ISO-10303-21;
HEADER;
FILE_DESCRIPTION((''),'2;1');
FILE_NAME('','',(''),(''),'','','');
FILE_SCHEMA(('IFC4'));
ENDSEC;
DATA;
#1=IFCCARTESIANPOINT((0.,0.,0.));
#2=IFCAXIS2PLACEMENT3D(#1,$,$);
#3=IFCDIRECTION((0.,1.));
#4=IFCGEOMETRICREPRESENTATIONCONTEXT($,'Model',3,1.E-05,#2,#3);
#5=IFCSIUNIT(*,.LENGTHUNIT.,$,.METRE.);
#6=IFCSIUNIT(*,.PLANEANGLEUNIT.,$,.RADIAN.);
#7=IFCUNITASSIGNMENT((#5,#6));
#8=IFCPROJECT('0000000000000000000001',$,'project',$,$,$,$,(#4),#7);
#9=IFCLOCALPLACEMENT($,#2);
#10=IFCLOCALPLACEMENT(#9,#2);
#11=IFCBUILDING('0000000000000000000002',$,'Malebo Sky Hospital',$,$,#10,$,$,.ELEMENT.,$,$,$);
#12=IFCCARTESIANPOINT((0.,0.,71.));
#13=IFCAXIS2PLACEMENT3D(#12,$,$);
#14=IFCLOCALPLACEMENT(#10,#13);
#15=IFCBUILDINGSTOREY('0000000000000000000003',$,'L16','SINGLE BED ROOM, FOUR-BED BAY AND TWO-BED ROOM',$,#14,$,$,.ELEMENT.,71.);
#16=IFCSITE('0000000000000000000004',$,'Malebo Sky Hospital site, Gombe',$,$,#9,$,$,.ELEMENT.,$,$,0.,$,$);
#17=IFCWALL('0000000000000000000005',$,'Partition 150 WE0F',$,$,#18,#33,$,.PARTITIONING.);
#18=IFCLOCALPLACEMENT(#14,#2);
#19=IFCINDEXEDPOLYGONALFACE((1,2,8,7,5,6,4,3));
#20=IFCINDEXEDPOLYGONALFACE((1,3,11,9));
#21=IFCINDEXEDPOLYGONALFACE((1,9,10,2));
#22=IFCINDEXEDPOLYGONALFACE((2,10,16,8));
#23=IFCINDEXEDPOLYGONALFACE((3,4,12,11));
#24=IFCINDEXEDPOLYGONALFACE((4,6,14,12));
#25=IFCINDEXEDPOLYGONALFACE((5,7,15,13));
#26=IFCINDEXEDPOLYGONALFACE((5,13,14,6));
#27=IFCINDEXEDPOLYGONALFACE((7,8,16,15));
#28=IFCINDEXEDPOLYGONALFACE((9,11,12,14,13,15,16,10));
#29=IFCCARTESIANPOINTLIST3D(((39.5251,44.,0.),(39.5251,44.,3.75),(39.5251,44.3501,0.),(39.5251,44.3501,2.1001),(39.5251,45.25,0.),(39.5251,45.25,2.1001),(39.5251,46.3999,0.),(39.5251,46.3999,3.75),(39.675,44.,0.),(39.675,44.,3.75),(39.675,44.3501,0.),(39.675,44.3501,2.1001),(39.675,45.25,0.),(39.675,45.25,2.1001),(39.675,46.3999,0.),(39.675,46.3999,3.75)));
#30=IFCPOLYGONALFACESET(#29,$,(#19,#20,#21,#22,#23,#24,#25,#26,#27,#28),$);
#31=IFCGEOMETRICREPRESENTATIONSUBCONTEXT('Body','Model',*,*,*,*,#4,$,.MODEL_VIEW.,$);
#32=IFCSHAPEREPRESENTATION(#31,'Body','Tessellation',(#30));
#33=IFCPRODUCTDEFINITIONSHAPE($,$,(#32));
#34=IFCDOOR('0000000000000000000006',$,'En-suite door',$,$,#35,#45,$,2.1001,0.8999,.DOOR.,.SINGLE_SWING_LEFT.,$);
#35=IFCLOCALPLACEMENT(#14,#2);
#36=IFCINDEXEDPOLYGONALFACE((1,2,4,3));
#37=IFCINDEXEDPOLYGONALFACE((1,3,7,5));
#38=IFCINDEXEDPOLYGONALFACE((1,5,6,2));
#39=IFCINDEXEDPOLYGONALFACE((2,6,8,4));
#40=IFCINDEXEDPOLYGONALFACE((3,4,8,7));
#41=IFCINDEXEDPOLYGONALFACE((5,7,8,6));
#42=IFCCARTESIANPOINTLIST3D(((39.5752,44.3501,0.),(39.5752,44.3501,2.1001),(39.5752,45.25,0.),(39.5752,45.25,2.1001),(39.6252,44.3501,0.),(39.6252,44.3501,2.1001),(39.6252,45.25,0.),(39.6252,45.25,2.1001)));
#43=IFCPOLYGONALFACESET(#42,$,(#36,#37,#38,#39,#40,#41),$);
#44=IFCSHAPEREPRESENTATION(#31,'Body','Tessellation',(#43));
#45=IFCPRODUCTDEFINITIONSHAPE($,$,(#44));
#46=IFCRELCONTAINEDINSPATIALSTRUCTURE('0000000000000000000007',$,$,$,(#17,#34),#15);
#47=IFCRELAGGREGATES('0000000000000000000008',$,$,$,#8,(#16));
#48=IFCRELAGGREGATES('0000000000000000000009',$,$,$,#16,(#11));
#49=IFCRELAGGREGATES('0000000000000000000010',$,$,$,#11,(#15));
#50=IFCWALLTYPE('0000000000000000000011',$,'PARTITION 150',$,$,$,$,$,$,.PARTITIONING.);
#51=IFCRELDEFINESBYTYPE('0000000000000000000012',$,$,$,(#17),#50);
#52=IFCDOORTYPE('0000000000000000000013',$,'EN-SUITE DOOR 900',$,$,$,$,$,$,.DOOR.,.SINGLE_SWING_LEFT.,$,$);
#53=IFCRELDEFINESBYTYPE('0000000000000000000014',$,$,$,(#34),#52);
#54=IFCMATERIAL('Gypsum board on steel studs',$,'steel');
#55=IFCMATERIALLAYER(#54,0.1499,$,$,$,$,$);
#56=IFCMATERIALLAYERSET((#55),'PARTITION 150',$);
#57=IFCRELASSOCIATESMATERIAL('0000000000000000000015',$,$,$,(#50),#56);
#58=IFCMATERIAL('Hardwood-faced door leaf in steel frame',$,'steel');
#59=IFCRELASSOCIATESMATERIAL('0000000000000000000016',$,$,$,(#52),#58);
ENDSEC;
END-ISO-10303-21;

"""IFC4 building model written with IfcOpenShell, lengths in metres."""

from ifc_helpers import new_model, si_unit, direction, frame, frame_2d, origin, place, context, subcontext, project, spatial, rectangle, extrude, material, layer, layer_set, type_object, element, fill, save


model = new_model("IFC4")

# Units and contexts
model_context = context("Model", 3, precision=1e-05, world=origin(), true_north=direction((0.0, 1.0)))
body_context = subcontext(model_context, "Body", "Model", "MODEL_VIEW")
ifc_project = project(units=[si_unit("LENGTHUNIT", "METRE"), si_unit("PLANEANGLEUNIT", "RADIAN")], contexts=[model_context])

# Site, building, storey
site_placement = place(None, origin())
site = spatial("IfcSite", under=ifc_project, at=site_placement, Name="Malebo Sky Hospital site, Gombe", CompositionType="ELEMENT", RefElevation=0.0)
building_placement = place(site_placement, origin())
building = spatial("IfcBuilding", under=site, at=building_placement, Name="Malebo Sky Hospital", CompositionType="ELEMENT")
storey_placement = place(building_placement, frame((0.0, 0.0, 71.0)))
storey = spatial("IfcBuildingStorey", under=building, at=storey_placement, Name="L16", Description="SINGLE BED ROOM, FOUR-BED BAY AND TWO-BED ROOM", CompositionType="ELEMENT", Elevation=71.0)

# Shared definitions
ifc_material_1 = material(Name="Gypsum board on steel studs", Category="steel")
ifc_material_2 = material(Name="Hardwood-faced door leaf in steel frame", Category="steel")

# Shared definitions
ifc_layer_1 = layer(ifc_material_1, 0.1499)
ifc_layer_set_1 = layer_set([ifc_layer_1], Name="PARTITION 150")
wall_type_1 = type_object("IfcWallType", Name="PARTITION 150", PredefinedType="PARTITIONING", material=ifc_layer_set_1)

# Wall, opening, door
wall_1_placement = place(storey_placement, frame((39.6001, 44.0, 0.0), z_axis=(0.0, 0.0, 1.0), x_axis=(0.0, 1.0, 0.0)))
wall_1 = element("IfcWall", 1, at=wall_1_placement, inside=storey, type_object=wall_type_1, Name="Partition 150 WE0F", PredefinedType="PARTITIONING", context=body_context, shape_type="SweptSolid", body=[
    extrude(rectangle(XDim=2.3999, YDim=0.1499, at=frame_2d((1.2, 0.0))), origin(), (0.0, 0.0, 1.0), 3.75),
])
opening_1_placement = place(wall_1_placement, frame((0.3501, 0.0, 0.0)))
opening_1 = element("IfcOpeningElement", 2, at=opening_1_placement, cuts=wall_1, PredefinedType="OPENING", context=body_context, shape_type="SweptSolid", body=[
    extrude(rectangle(XDim=0.8999, YDim=2.1001, at=frame_2d((0.45, 1.05))), frame((0.0, 0.085, 0.0), z_axis=(0.0, -1.0, 0.0), x_axis=(1.0, 0.0, 0.0)), (0.0, 0.0, 1.0), 0.1699),
])
door_type_1 = type_object("IfcDoorType", Name="EN-SUITE DOOR 900", OperationType="SINGLE_SWING_LEFT", PredefinedType="DOOR", material=ifc_material_2)
door_1_placement = place(opening_1_placement, origin())
door_1 = element("IfcDoor", 3, at=door_1_placement, inside=storey, type_object=door_type_1, Name="En-suite door", OperationType="SINGLE_SWING_LEFT", OverallHeight=2.1001, OverallWidth=0.8999, PredefinedType="DOOR", context=body_context, shape_type="SweptSolid", body=[
    extrude(rectangle(XDim=0.8999, YDim=2.1001, at=frame_2d((0.45, 1.05))), frame((0.0, 0.0249, 0.0), z_axis=(0.0, -1.0, 0.0), x_axis=(1.0, 0.0, 0.0)), (0.0, 0.0, 1.0), 0.05),
])
fill(opening_1, door_1)

save(model, "model.ifc")
